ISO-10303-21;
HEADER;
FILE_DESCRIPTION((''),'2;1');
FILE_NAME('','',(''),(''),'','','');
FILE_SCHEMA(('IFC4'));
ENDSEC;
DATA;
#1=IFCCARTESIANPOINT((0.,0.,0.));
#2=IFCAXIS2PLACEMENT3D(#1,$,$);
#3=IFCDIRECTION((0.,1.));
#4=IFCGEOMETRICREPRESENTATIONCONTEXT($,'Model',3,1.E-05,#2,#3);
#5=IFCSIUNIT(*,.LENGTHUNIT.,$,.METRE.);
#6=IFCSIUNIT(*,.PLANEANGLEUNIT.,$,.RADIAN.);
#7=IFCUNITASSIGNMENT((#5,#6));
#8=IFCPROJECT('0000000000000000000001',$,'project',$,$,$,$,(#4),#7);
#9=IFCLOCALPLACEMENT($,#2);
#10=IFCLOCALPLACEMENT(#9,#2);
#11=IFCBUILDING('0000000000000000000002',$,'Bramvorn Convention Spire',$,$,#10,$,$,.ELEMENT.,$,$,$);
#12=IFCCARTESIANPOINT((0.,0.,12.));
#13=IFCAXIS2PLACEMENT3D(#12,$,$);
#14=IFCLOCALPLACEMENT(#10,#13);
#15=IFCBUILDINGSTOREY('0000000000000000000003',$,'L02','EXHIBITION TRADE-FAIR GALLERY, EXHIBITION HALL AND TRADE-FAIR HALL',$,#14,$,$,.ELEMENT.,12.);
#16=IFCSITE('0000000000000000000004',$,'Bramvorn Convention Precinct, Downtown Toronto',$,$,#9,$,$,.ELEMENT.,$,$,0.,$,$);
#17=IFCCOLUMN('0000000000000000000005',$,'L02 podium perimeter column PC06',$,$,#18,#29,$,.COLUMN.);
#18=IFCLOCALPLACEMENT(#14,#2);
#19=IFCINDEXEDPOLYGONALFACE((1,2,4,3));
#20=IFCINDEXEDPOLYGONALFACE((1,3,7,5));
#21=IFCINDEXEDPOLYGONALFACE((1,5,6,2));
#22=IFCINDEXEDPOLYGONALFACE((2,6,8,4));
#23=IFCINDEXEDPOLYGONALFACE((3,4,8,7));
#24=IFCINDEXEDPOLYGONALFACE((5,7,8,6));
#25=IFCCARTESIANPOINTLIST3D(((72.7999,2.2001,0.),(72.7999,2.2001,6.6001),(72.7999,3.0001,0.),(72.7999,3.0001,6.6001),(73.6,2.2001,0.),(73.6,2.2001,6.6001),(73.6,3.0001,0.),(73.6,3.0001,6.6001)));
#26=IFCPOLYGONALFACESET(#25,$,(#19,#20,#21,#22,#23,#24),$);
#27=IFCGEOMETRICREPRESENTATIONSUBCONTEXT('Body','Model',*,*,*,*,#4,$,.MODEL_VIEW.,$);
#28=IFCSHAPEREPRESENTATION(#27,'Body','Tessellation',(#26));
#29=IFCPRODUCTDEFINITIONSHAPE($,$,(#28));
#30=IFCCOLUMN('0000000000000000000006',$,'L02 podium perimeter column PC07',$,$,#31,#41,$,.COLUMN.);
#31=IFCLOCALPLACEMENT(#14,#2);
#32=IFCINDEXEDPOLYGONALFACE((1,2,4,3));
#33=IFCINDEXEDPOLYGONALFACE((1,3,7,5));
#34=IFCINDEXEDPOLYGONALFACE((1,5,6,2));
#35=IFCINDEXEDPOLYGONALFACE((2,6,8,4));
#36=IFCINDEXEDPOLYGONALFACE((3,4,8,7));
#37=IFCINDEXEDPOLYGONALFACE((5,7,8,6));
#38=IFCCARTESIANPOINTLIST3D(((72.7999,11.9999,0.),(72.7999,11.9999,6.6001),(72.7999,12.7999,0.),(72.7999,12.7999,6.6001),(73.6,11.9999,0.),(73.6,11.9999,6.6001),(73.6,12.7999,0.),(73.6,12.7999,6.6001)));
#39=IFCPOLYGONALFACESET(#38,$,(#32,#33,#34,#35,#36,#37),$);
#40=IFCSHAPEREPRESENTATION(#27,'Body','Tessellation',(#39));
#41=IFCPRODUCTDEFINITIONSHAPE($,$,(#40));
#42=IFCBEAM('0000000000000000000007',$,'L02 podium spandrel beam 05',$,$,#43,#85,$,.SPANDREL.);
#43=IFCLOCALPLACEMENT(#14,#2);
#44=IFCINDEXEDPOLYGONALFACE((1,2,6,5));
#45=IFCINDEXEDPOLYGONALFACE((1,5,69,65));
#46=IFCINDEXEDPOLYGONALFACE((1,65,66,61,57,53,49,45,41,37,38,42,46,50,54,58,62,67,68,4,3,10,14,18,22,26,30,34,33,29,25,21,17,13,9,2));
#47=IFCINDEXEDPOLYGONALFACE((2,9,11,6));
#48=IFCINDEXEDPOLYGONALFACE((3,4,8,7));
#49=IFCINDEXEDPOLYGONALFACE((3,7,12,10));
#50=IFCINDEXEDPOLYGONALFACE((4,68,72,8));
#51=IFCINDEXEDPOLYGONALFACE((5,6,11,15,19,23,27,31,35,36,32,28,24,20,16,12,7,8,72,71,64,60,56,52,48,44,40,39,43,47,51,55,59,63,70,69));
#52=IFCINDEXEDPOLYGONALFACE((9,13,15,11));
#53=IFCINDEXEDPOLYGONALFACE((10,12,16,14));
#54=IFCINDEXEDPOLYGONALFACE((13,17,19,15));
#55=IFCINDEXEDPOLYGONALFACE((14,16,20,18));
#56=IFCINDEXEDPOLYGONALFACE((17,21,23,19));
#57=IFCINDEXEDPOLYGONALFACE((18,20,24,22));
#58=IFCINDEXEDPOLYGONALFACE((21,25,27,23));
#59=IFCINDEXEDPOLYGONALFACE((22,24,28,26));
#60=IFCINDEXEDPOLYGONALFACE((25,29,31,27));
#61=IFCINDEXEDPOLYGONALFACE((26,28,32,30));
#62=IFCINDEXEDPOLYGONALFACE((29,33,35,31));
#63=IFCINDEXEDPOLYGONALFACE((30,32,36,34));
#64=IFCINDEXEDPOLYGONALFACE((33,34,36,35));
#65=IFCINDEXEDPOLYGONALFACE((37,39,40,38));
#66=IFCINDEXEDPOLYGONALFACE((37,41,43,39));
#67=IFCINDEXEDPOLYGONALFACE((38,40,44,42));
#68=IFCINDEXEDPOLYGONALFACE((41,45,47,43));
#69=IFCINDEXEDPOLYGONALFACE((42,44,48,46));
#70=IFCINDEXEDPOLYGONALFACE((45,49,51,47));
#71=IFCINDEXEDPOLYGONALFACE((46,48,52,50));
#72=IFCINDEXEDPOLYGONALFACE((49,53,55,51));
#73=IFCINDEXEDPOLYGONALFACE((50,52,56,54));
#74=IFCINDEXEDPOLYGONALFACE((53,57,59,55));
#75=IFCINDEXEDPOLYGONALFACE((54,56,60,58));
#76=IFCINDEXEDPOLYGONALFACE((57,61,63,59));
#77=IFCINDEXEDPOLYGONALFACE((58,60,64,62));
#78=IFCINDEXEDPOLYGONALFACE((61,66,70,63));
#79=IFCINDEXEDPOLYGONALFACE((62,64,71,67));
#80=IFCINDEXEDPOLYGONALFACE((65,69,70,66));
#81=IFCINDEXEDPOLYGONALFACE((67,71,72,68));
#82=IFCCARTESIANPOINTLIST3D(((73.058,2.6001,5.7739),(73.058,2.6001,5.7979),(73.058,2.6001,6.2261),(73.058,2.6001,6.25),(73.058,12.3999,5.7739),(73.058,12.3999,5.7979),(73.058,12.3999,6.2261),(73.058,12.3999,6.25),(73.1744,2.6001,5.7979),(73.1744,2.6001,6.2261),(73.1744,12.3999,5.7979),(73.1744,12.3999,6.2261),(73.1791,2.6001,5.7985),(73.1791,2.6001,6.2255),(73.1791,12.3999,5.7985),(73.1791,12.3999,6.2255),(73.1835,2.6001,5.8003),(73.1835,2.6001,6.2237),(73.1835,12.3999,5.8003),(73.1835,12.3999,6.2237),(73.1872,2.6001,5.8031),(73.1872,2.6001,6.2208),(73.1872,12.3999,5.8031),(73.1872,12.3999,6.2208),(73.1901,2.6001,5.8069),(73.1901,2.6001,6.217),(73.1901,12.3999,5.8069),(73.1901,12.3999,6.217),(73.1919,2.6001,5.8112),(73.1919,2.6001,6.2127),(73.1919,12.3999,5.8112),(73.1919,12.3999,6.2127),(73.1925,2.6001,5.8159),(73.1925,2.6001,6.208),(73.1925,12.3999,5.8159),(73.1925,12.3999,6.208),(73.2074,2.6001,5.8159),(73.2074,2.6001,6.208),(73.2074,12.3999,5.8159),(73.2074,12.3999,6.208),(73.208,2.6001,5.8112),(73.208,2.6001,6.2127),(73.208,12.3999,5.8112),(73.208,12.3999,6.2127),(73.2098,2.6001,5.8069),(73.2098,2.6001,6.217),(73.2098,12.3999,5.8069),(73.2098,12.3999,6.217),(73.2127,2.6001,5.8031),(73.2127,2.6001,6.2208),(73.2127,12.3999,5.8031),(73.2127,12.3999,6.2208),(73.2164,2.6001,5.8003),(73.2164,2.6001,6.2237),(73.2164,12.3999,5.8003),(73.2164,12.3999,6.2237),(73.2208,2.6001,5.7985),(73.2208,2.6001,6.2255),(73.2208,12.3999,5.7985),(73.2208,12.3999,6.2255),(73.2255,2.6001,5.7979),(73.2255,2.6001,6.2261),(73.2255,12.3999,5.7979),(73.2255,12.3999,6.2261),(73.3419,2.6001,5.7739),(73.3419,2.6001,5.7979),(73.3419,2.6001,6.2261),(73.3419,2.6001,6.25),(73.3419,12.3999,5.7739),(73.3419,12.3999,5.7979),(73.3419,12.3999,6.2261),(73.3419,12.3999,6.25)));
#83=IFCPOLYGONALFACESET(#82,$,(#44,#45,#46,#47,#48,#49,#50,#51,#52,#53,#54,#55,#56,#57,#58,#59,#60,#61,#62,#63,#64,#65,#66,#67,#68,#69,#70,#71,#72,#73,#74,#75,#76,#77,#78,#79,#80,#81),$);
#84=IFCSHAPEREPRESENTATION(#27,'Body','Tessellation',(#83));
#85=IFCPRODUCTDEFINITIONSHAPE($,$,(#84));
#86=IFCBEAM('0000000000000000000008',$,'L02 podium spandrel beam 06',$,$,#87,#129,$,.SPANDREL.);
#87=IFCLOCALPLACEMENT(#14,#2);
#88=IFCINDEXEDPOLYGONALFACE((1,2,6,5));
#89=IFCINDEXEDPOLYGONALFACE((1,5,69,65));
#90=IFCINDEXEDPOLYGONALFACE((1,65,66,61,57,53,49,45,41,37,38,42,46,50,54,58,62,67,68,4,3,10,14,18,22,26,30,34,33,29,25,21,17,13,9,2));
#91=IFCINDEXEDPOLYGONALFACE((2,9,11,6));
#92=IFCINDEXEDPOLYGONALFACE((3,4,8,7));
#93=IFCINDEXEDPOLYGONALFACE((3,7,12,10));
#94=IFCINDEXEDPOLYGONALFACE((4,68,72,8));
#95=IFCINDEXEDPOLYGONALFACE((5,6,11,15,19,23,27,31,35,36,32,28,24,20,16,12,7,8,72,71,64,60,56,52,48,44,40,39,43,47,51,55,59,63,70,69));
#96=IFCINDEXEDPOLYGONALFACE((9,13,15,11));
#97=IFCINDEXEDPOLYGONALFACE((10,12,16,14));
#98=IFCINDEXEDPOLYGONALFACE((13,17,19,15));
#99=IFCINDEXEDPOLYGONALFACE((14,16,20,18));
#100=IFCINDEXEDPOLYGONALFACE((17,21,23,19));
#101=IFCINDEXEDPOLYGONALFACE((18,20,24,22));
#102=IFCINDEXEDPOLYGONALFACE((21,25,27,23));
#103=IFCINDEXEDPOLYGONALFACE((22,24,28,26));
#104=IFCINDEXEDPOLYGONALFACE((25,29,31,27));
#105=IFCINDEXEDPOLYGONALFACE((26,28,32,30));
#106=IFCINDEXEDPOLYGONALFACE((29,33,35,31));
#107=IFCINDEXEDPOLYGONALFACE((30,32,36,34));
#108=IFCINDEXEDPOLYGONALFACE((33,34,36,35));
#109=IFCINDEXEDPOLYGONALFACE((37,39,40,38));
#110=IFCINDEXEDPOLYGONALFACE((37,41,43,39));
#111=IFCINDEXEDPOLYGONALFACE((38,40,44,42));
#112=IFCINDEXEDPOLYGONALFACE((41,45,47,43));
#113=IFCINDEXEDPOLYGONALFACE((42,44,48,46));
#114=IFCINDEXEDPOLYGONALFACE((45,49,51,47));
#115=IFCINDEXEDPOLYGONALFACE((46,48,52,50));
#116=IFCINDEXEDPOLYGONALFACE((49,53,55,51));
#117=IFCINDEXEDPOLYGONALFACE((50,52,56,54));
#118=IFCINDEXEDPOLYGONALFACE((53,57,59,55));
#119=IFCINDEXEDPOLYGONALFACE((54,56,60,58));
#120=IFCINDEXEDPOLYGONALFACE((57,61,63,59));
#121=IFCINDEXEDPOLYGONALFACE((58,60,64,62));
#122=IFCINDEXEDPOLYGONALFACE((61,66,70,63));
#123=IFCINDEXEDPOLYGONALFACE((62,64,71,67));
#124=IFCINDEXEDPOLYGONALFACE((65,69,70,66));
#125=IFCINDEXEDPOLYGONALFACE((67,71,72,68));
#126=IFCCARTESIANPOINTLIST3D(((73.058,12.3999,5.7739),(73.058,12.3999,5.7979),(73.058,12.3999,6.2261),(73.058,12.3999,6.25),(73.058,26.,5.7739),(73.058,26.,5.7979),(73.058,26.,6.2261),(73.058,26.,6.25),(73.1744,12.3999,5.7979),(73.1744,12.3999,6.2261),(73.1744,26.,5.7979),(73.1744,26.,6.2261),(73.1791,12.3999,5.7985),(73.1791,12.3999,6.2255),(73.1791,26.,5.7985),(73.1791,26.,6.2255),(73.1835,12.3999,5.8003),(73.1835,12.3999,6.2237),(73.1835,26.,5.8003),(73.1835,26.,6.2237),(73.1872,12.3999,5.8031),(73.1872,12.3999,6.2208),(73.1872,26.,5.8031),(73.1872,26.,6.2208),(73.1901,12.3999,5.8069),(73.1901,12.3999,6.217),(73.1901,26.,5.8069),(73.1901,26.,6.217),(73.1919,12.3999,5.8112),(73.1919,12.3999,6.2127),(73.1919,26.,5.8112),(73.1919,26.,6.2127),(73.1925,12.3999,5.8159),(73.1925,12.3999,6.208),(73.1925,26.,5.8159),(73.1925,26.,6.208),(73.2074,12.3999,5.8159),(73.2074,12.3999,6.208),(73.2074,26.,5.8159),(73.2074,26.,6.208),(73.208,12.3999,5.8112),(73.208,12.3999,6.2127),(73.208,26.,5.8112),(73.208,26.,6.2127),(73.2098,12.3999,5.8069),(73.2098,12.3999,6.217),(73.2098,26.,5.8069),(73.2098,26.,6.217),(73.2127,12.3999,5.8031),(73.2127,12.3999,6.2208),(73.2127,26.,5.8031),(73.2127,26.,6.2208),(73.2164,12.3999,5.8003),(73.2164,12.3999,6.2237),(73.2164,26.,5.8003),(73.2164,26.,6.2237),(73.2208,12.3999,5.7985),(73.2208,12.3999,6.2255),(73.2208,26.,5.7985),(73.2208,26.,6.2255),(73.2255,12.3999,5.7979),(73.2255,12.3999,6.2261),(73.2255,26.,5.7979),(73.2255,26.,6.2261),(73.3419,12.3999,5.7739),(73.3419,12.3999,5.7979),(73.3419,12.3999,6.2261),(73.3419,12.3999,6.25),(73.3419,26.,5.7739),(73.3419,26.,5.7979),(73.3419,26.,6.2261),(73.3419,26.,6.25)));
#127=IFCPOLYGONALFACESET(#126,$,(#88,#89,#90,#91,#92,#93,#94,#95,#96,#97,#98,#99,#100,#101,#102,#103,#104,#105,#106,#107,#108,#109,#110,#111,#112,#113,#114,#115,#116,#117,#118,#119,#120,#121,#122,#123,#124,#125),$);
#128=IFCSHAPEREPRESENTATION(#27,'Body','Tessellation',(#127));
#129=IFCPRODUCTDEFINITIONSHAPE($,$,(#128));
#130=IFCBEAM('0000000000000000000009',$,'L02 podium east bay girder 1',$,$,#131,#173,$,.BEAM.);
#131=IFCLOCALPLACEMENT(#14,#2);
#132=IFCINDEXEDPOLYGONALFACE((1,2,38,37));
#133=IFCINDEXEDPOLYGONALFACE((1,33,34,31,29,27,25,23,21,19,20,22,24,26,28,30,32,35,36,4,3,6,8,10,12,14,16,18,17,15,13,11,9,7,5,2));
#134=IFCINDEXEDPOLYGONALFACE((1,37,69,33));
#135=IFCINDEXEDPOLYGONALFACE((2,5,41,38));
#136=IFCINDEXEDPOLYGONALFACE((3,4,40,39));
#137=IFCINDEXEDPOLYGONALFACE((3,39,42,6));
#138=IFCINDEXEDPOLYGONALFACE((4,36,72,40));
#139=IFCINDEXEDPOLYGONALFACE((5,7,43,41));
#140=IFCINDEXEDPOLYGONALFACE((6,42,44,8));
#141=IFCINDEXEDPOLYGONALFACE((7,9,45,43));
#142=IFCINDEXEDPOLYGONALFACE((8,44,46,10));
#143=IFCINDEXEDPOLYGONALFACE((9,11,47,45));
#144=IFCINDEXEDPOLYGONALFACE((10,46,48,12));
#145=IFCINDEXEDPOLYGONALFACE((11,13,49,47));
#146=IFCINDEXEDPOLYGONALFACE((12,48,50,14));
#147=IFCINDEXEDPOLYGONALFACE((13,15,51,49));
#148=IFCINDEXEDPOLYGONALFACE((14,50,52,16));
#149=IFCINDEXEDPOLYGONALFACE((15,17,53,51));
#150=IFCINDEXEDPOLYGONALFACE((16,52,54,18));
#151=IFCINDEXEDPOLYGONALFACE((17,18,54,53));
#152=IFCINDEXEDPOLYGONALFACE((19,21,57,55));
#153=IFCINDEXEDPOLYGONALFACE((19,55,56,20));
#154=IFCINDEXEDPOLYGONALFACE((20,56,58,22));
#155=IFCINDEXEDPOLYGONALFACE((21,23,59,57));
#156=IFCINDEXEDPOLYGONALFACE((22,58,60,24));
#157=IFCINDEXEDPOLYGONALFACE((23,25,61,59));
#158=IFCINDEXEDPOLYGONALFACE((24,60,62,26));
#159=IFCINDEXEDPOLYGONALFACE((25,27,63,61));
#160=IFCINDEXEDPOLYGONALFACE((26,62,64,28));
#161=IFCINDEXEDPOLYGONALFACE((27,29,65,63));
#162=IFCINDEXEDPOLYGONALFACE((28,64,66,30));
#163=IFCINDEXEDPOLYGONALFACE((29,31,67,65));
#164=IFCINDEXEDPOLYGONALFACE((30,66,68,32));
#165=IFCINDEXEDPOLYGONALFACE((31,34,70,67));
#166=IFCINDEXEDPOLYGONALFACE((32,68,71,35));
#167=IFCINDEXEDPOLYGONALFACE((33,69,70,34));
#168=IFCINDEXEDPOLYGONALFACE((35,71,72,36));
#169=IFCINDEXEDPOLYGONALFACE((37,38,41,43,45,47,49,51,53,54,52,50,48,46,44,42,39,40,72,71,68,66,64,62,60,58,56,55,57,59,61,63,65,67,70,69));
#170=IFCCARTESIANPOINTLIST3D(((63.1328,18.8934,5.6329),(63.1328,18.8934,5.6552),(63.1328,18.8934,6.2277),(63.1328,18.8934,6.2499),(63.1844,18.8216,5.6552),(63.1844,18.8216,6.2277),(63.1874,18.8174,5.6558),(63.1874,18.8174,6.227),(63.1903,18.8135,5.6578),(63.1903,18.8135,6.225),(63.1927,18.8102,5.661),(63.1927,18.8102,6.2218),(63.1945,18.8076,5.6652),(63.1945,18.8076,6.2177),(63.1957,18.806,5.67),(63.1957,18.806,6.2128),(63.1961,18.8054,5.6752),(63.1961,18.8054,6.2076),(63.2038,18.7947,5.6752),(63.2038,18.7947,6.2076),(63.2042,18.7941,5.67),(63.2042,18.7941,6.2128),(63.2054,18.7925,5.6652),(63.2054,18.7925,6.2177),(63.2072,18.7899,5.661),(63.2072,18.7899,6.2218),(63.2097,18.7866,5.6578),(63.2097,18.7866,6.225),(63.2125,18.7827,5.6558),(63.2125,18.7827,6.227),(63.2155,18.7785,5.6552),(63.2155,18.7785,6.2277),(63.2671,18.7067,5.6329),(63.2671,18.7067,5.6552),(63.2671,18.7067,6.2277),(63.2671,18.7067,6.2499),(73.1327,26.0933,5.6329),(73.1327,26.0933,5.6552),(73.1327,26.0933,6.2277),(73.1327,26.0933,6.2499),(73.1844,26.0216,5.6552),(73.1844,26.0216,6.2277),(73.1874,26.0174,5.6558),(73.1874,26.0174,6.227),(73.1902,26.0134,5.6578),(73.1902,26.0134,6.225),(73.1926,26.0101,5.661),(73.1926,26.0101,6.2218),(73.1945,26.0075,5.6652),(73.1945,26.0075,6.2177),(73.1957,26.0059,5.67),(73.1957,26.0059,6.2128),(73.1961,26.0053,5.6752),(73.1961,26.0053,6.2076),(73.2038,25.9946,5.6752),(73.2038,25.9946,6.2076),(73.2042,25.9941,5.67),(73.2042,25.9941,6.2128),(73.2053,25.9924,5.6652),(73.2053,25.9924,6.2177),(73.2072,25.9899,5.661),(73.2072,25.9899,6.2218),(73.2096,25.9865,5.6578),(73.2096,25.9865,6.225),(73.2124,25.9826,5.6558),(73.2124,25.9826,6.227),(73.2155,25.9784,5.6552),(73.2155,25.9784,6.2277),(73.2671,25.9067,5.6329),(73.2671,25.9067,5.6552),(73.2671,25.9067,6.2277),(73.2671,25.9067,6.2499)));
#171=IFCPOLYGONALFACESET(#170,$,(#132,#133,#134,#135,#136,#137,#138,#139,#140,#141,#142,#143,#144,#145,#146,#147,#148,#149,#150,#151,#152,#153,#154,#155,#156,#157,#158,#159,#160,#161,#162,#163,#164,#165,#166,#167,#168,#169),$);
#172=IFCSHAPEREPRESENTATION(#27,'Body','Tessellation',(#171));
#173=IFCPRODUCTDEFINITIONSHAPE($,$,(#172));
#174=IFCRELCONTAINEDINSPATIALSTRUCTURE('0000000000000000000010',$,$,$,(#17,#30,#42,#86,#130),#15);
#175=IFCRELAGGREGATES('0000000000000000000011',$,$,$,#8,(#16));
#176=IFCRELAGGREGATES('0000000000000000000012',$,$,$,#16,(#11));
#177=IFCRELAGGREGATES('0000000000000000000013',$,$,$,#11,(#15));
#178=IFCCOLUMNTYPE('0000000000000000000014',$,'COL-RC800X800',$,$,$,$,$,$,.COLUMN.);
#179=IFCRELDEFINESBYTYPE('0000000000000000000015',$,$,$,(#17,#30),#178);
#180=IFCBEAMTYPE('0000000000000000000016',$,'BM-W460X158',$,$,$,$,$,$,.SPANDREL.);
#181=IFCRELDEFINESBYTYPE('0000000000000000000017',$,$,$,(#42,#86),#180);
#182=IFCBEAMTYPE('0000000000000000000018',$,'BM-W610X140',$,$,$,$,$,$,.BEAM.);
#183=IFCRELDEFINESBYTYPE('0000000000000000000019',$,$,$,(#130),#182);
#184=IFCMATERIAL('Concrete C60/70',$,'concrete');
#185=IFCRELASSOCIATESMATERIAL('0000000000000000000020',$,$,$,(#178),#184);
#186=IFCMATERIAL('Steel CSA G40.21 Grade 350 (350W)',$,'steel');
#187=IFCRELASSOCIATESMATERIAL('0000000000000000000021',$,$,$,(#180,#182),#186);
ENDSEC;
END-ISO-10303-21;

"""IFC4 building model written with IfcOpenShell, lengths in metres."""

from ifc_helpers import new_model, si_unit, direction, frame, origin, origin_2d, place, context, subcontext, project, spatial, rectangle, i_section, extrude, material, material_profile, profile_set, type_object, element, save


model = new_model("IFC4")

# Units and contexts
model_context = context("Model", 3, precision=1e-05, world=origin(), true_north=direction((0.0, 1.0)))
body_context = subcontext(model_context, "Body", "Model", "MODEL_VIEW")
ifc_project = project(units=[si_unit("LENGTHUNIT", "METRE"), si_unit("PLANEANGLEUNIT", "RADIAN")], contexts=[model_context])

# Site, building, storey
site_placement = place(None, origin())
site = spatial("IfcSite", under=ifc_project, at=site_placement, Name="Bramvorn Convention Precinct, Downtown Toronto", CompositionType="ELEMENT", RefElevation=0.0)
building_placement = place(site_placement, origin())
building = spatial("IfcBuilding", under=site, at=building_placement, Name="Bramvorn Convention Spire", CompositionType="ELEMENT")
storey_placement = place(building_placement, frame((0.0, 0.0, 12.0)))
storey = spatial("IfcBuildingStorey", under=building, at=storey_placement, Name="L02", Description="EXHIBITION TRADE-FAIR GALLERY, EXHIBITION HALL AND TRADE-FAIR HALL", CompositionType="ELEMENT", Elevation=12.0)

# Columns
ifc_material_1 = material(Name="Steel CSA G40.21 Grade 350 (350W)", Category="steel")
ifc_material_2 = material(Name="Concrete C60/70", Category="concrete")
ifc_material_profile_1 = material_profile(ifc_material_2, rectangle(XDim=0.8, YDim=0.8, at=origin_2d()))
ifc_profile_set_1 = profile_set([ifc_material_profile_1], Name="Concrete C60/70 - RC800X800")
column_type_1 = type_object("IfcColumnType", Name="COL-RC800X800", PredefinedType="COLUMN", material=ifc_profile_set_1)
for number, where, z_axis, x_axis, name in (
    (1, (73.2, 2.6001, 0.0), (0.0, 0.0, 1.0), (1.0, 0.0, 0.0), "L02 podium perimeter column PC06"),
    (2, (73.2, 12.3999, 0.0), (0.0, 0.0, 1.0), (1.0, 0.0, 0.0), "L02 podium perimeter column PC07"),
):
    element("IfcColumn", number, at=place(storey_placement, frame(where, z_axis=z_axis, x_axis=x_axis)), inside=storey, type_object=column_type_1, Name=name, PredefinedType="COLUMN", context=body_context, shape_type="SweptSolid", body=[
        extrude(rectangle(XDim=0.8, YDim=0.8, at=origin_2d()), origin(), (0.0, 0.0, 1.0), 6.6001),
    ])

# Beams
ifc_material_profile_2 = material_profile(ifc_material_1, i_section(OverallWidth=0.2839, OverallDepth=0.4761, WebThickness=0.0149, FlangeThickness=0.0239, FilletRadius=0.0181, at=origin_2d()))
ifc_profile_set_2 = profile_set([ifc_material_profile_2], Name="Steel CSA G40.21 Grade 350 (350W) - W460X158")
beam_type_1 = type_object("IfcBeamType", Name="BM-W460X158", PredefinedType="SPANDREL", material=ifc_profile_set_2)
beam_1_placement = place(storey_placement, frame((73.2, 2.6001, 6.012), z_axis=(0.0, 1.0, 0.0), x_axis=(-1.0, 0.0, 0.0)))
element("IfcBeam", 3, at=beam_1_placement, inside=storey, type_object=beam_type_1, Name="L02 podium spandrel beam 05", PredefinedType="SPANDREL", context=body_context, shape_type="SweptSolid", body=[
    extrude(i_section(OverallWidth=0.2839, OverallDepth=0.4761, WebThickness=0.0149, FlangeThickness=0.0239, FilletRadius=0.0181, at=origin_2d()), origin(), (0.0, 0.0, 1.0), 9.7998),
])
beam_2_placement = place(storey_placement, frame((73.2, 12.3999, 6.012), z_axis=(0.0, 1.0, 0.0), x_axis=(-1.0, 0.0, 0.0)))
element("IfcBeam", 4, at=beam_2_placement, inside=storey, type_object=beam_type_1, Name="L02 podium spandrel beam 06", PredefinedType="SPANDREL", context=body_context, shape_type="SweptSolid", body=[
    extrude(i_section(OverallWidth=0.2839, OverallDepth=0.4761, WebThickness=0.0149, FlangeThickness=0.0239, FilletRadius=0.0181, at=origin_2d()), origin(), (0.0, 0.0, 1.0), 13.6001),
])
ifc_material_profile_3 = material_profile(ifc_material_1, i_section(OverallWidth=0.23, OverallDepth=0.6169, WebThickness=0.0132, FlangeThickness=0.0222, FilletRadius=0.02, at=origin_2d()))
ifc_profile_set_3 = profile_set([ifc_material_profile_3], Name="Steel CSA G40.21 Grade 350 (350W) - W610X140")
beam_type_2 = type_object("IfcBeamType", Name="BM-W610X140", PredefinedType="BEAM", material=ifc_profile_set_3)
beam_3_placement = place(storey_placement, frame((63.2, 18.8, 5.9414), z_axis=(0.811536, 0.584302, 0.0), x_axis=(-0.584302, 0.811536, 0.0)))
element("IfcBeam", 5, at=beam_3_placement, inside=storey, type_object=beam_type_2, Name="L02 podium east bay girder 1", PredefinedType="BEAM", context=body_context, shape_type="SweptSolid", body=[
    extrude(i_section(OverallWidth=0.23, OverallDepth=0.6169, WebThickness=0.0132, FlangeThickness=0.0222, FilletRadius=0.02, at=origin_2d()), origin(), (0.0, 0.0, 1.0), 12.3223),
])

save(model, "model.ifc")
